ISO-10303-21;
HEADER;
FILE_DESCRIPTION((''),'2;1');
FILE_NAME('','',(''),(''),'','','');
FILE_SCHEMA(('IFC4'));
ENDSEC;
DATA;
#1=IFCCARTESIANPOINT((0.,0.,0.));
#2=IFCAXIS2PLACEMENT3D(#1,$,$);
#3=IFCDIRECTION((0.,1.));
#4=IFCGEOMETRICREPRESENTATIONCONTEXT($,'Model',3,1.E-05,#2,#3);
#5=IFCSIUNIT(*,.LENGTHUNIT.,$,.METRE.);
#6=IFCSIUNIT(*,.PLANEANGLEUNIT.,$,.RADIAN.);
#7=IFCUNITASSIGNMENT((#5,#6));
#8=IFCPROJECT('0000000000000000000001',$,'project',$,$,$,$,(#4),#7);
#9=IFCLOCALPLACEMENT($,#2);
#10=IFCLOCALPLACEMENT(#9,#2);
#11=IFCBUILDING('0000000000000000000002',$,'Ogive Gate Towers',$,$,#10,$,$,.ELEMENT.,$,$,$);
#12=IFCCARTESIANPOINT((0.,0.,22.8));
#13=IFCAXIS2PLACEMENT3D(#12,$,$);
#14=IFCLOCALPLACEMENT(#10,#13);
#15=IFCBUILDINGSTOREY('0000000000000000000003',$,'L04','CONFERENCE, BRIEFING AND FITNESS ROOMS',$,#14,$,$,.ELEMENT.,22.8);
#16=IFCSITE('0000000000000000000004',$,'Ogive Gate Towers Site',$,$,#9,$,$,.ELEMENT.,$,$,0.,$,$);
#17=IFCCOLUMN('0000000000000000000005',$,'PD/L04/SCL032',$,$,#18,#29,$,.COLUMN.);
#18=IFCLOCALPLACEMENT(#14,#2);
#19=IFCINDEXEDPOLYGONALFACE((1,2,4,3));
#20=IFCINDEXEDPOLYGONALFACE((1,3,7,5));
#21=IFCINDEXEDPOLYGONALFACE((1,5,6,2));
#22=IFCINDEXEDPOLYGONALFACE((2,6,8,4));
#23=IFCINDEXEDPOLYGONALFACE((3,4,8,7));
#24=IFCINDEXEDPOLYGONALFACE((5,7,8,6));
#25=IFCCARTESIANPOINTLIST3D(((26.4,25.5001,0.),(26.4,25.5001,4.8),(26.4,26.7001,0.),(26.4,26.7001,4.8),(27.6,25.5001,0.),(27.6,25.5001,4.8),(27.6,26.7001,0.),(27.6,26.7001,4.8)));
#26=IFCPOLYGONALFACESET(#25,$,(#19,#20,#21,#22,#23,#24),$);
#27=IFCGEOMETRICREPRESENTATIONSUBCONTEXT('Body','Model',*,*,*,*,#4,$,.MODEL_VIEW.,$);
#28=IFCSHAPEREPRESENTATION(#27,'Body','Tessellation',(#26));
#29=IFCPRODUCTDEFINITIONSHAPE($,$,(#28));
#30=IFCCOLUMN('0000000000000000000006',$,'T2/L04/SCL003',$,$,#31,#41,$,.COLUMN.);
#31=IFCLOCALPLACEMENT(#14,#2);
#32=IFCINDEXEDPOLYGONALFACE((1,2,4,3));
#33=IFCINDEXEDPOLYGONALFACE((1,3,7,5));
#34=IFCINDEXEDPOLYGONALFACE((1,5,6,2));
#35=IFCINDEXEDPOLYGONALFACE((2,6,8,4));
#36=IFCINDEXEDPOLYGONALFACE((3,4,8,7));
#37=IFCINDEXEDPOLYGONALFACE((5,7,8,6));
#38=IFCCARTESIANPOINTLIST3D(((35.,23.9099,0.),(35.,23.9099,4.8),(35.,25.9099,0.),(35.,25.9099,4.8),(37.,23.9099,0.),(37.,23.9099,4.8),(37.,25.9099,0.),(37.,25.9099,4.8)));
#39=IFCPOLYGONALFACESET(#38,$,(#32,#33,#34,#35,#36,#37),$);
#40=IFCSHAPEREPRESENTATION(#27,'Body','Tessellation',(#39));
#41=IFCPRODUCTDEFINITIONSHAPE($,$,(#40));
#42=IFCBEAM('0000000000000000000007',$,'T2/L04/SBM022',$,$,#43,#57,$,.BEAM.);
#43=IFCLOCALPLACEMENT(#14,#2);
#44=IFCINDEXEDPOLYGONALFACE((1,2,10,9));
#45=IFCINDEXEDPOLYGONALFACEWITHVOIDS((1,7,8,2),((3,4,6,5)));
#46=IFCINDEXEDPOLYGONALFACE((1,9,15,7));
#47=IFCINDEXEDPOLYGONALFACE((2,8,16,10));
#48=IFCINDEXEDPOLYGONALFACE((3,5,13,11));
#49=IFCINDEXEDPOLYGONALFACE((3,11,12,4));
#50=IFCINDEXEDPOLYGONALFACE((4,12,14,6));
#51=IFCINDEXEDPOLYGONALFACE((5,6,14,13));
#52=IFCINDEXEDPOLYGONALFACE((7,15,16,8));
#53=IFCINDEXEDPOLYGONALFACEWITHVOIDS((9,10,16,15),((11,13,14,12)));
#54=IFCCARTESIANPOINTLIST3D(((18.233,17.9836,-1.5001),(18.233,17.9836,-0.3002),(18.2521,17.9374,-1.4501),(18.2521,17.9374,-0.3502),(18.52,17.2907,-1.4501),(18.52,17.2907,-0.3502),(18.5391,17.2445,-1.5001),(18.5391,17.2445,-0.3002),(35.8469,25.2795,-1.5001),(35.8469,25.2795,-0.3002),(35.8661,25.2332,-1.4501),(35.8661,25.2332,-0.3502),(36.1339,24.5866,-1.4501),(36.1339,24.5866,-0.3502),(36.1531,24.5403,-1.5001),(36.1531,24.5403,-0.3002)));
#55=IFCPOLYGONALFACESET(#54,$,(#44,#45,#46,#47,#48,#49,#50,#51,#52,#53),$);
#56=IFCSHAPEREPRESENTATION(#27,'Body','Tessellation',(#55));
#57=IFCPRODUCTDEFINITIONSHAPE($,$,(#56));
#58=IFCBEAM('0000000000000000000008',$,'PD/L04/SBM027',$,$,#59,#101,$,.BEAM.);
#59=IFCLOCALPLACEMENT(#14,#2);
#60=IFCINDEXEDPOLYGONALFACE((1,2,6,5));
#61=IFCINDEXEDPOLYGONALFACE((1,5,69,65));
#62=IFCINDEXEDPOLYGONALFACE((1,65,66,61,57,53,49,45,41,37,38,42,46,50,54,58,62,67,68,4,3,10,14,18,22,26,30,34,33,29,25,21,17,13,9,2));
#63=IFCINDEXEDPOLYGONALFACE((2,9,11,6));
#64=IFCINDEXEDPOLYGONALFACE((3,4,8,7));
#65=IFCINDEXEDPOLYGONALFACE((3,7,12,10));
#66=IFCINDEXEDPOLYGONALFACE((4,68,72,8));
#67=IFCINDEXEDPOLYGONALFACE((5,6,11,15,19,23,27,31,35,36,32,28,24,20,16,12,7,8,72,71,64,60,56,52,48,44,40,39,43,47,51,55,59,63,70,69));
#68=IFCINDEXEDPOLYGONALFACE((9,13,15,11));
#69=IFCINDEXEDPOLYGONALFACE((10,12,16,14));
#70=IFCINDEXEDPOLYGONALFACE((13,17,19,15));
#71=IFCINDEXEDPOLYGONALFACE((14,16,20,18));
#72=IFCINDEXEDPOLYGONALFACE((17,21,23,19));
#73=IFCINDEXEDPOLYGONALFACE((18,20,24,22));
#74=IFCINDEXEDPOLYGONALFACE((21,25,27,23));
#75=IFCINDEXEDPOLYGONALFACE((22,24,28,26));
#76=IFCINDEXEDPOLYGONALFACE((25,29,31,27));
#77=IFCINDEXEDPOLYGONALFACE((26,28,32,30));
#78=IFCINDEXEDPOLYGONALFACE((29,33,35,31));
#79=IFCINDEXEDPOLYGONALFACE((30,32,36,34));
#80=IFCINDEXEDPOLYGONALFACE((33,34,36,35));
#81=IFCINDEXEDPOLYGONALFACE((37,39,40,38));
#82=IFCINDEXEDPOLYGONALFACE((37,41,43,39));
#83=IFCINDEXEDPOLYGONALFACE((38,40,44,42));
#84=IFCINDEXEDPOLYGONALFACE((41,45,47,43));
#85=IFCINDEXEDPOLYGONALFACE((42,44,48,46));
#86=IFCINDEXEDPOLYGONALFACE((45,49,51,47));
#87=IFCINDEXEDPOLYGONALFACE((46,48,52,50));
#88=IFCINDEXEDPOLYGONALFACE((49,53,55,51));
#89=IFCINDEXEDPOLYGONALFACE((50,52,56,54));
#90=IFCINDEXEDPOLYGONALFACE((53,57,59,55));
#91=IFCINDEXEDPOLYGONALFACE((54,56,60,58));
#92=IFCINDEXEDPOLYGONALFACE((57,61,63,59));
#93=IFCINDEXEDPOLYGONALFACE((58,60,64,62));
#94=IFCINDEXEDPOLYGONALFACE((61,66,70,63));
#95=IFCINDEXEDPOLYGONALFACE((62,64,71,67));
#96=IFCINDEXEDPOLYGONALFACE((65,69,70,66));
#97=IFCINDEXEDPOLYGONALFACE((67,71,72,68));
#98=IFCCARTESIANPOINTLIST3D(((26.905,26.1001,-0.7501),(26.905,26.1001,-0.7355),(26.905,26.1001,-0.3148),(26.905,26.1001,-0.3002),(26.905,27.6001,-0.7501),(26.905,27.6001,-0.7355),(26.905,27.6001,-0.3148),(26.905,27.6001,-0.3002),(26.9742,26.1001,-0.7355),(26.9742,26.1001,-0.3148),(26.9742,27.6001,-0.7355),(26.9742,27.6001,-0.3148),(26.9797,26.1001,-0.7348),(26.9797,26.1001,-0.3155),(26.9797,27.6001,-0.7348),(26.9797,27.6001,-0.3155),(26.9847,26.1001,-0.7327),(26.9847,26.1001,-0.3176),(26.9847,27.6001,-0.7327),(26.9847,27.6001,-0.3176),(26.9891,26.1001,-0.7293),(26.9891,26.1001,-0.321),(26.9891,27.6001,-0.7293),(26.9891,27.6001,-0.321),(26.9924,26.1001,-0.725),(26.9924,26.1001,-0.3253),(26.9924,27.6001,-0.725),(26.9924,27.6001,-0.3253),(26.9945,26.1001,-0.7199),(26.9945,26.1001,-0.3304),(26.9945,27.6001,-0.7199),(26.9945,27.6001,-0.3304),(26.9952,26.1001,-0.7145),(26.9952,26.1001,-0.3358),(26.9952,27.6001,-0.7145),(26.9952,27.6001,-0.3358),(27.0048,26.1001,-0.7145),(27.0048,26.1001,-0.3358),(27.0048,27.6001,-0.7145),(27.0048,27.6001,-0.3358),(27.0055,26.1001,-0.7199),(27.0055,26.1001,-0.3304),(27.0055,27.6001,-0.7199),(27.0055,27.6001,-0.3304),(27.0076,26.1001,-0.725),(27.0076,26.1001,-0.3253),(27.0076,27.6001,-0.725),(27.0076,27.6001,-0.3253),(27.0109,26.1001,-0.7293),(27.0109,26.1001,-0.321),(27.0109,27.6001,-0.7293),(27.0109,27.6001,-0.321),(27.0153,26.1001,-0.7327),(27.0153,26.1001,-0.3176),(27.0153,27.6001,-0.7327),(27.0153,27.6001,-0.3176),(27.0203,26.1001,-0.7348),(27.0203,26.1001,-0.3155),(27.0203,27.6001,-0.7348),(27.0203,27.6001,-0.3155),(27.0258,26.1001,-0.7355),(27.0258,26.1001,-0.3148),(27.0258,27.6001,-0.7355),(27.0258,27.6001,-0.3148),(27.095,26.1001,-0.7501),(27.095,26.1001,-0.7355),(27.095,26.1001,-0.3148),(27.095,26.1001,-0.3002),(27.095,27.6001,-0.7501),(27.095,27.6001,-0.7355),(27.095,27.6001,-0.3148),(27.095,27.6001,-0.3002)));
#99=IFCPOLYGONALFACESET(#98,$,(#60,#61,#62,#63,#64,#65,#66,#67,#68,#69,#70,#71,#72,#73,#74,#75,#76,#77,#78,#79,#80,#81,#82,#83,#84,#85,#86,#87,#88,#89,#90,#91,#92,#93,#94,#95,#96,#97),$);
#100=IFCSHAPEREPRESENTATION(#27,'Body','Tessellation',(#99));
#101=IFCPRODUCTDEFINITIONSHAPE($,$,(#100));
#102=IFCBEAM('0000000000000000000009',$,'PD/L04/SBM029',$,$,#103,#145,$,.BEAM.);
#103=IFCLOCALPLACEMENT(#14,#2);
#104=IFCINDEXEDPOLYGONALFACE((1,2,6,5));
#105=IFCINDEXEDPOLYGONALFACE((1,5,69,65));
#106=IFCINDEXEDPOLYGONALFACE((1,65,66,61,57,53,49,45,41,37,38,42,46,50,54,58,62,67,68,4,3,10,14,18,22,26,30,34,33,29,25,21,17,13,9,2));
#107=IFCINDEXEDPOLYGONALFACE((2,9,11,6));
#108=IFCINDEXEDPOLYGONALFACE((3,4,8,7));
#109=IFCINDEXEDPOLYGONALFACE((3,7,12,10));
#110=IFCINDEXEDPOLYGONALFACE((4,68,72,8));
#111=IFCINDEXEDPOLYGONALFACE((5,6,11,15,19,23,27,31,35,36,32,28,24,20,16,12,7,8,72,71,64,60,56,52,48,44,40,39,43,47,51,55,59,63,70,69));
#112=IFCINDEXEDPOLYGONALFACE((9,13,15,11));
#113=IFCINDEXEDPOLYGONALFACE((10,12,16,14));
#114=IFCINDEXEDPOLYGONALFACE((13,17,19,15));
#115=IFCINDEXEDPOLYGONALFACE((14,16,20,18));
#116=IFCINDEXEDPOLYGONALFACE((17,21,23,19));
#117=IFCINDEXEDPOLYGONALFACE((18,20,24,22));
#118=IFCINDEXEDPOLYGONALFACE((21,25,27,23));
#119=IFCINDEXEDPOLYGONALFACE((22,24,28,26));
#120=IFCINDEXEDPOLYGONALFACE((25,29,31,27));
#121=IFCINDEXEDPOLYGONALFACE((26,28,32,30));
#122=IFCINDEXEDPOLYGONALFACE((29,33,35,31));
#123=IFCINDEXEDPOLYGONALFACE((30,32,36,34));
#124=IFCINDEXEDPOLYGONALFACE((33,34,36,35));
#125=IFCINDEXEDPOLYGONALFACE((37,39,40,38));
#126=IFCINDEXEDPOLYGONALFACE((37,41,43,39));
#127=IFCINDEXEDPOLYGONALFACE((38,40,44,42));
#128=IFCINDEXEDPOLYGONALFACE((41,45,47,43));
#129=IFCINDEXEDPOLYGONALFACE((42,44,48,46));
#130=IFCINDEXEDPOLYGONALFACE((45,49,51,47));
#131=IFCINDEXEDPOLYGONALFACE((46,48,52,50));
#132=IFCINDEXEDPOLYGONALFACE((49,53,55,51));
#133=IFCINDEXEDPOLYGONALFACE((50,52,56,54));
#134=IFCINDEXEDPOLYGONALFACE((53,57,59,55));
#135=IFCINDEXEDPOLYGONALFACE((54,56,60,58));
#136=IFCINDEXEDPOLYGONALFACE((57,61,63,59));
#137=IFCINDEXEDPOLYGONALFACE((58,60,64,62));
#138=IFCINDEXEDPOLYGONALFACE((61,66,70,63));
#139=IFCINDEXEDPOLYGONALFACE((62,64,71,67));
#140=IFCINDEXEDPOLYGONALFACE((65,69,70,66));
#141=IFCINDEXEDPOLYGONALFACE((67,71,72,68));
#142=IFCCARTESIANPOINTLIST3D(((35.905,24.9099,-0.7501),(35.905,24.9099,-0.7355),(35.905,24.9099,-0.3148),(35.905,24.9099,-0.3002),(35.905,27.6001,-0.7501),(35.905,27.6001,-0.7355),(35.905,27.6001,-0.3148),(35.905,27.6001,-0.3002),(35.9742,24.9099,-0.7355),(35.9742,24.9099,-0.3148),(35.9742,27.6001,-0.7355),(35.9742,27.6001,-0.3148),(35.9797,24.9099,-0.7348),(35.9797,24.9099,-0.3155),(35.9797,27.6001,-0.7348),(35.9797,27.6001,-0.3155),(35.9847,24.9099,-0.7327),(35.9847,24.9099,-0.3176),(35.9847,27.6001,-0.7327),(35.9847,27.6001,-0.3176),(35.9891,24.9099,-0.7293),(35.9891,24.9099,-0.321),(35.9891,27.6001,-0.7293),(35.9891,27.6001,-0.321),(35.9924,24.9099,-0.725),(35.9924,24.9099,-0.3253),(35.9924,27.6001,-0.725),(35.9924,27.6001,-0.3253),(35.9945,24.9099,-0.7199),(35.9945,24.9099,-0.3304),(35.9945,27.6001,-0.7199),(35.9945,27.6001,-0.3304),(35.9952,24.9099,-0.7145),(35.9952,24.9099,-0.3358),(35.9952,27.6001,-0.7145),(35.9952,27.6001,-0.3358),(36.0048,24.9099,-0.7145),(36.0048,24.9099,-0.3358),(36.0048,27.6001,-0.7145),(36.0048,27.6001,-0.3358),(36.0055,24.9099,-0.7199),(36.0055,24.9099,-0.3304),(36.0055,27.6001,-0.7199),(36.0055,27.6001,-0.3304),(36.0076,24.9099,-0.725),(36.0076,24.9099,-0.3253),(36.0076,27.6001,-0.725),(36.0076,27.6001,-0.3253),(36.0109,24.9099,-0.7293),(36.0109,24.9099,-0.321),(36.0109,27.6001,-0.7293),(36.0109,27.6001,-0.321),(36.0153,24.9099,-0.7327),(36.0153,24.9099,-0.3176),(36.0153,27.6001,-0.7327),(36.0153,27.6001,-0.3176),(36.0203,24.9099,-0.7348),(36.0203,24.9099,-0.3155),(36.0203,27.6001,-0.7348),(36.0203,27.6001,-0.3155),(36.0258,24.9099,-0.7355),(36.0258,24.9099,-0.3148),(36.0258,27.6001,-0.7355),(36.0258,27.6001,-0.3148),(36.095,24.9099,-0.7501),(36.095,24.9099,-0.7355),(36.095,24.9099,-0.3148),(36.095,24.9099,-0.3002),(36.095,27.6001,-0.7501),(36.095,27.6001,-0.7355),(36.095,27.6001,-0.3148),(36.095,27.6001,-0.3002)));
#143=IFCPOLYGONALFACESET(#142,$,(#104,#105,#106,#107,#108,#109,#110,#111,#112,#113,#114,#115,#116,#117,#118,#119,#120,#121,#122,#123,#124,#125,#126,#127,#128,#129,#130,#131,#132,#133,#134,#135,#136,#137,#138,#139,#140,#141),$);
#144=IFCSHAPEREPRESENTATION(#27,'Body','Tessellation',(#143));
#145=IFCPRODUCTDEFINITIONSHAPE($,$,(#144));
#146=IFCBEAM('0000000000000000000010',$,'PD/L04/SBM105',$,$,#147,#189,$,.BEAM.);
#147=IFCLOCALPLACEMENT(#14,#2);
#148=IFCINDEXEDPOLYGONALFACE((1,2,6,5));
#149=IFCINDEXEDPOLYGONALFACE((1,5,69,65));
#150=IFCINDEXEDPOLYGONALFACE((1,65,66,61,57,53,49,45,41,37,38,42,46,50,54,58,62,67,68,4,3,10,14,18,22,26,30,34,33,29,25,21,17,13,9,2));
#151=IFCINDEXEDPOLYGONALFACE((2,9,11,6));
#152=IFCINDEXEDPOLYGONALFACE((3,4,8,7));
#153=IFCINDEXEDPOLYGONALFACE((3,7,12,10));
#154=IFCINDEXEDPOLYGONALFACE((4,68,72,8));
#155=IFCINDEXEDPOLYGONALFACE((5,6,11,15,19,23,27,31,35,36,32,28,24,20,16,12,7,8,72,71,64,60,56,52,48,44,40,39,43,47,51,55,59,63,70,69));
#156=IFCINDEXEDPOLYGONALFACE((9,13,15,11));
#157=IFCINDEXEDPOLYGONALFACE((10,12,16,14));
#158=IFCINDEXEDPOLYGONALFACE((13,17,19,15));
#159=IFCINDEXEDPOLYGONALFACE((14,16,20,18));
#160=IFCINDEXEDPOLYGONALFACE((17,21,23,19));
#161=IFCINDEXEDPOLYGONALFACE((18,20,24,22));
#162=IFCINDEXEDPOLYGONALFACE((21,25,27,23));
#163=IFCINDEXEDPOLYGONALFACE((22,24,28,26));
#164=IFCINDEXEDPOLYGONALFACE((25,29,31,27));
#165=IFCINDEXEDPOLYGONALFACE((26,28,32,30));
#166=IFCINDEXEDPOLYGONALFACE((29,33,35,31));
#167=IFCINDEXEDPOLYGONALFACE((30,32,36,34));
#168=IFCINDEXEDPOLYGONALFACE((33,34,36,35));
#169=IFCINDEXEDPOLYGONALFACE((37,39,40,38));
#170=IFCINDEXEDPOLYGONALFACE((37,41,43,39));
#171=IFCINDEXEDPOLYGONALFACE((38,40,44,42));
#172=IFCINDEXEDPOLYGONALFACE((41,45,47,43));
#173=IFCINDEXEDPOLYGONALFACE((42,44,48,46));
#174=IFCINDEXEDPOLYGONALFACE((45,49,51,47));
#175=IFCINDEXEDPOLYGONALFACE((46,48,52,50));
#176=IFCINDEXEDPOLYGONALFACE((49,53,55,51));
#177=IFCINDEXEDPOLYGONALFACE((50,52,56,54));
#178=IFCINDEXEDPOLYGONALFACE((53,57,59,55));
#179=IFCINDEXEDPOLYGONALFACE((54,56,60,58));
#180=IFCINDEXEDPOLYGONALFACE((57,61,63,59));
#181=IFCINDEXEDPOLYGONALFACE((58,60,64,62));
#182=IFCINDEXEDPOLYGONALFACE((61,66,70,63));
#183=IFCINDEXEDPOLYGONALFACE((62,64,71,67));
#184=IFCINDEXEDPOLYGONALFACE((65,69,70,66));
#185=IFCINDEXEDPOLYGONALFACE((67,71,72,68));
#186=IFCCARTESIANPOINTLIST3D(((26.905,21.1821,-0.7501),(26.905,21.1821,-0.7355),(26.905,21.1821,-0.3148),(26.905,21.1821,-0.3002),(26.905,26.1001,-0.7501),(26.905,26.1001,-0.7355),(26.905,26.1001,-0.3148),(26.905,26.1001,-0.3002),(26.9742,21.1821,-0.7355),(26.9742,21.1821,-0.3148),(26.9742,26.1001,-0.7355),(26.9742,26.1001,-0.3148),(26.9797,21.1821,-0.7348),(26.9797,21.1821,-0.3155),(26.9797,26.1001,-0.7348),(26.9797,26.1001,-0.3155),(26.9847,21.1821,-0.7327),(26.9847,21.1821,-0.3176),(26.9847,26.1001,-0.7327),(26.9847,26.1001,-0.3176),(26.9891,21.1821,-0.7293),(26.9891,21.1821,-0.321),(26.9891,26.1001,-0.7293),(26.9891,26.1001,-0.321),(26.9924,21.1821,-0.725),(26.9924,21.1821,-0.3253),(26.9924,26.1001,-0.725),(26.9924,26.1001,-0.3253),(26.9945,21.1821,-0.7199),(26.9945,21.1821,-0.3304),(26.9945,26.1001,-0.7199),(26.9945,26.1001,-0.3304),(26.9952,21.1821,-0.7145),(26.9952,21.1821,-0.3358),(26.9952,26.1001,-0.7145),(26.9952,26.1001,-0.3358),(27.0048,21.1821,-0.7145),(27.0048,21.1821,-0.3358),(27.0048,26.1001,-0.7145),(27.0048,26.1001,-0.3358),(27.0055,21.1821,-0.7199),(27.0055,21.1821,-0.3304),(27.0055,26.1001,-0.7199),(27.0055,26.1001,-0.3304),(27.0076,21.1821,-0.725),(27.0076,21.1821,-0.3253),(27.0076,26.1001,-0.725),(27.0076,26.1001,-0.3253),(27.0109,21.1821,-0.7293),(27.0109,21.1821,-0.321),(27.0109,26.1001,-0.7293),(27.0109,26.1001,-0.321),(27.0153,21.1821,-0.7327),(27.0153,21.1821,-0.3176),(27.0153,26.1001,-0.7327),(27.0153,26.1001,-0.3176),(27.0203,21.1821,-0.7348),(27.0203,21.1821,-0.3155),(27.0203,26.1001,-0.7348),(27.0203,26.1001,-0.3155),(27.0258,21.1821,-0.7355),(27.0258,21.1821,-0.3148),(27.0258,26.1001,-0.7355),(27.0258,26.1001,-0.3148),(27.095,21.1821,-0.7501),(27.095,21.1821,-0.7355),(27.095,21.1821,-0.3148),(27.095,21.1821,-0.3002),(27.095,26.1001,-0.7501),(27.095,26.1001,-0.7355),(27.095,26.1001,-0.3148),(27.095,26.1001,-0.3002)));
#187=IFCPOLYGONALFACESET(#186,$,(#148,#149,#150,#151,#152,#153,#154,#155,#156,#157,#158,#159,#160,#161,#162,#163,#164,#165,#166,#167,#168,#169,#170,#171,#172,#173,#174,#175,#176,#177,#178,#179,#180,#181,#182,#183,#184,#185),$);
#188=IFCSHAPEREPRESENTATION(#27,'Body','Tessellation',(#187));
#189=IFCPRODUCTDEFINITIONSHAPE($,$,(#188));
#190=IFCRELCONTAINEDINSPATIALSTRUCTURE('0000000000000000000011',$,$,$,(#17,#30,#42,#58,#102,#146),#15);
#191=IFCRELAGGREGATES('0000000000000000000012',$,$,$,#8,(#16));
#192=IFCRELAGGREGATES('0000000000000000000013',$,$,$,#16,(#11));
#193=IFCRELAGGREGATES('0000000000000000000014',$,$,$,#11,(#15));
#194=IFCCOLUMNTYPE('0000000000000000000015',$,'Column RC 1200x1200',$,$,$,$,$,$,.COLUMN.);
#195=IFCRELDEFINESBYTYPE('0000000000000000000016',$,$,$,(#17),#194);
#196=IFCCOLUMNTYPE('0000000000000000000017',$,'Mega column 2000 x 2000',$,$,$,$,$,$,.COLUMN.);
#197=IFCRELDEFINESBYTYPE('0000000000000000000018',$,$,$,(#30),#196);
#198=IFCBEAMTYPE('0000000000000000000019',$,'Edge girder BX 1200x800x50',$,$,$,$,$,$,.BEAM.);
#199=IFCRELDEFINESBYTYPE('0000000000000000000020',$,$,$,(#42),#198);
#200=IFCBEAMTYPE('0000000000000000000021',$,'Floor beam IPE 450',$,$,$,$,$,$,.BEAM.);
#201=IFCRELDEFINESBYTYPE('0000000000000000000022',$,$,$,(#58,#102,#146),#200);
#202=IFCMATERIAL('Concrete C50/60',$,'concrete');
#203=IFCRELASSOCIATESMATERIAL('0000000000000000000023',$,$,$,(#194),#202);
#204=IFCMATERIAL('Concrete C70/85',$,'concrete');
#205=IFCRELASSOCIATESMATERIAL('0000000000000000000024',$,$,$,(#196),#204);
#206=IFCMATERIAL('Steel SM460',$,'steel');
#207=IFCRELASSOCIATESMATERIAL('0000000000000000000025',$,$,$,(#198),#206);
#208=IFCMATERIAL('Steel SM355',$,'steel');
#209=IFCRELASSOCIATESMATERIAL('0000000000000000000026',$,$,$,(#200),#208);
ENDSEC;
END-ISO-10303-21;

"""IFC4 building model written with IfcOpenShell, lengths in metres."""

from ifc_helpers import new_model, si_unit, direction, frame, origin, origin_2d, place, context, subcontext, project, spatial, rectangle, hollow_rectangle, i_section, extrude, material, material_profile, profile_set, type_object, element, save


model = new_model("IFC4")

# Units and contexts
model_context = context("Model", 3, precision=1e-05, world=origin(), true_north=direction((0.0, 1.0)))
body_context = subcontext(model_context, "Body", "Model", "MODEL_VIEW")
ifc_project = project(units=[si_unit("LENGTHUNIT", "METRE"), si_unit("PLANEANGLEUNIT", "RADIAN")], contexts=[model_context])

# Site, building, storey
site_placement = place(None, origin())
site = spatial("IfcSite", under=ifc_project, at=site_placement, Name="Ogive Gate Towers Site", CompositionType="ELEMENT", RefElevation=0.0)
building_placement = place(site_placement, origin())
building = spatial("IfcBuilding", under=site, at=building_placement, Name="Ogive Gate Towers", CompositionType="ELEMENT")
storey_placement = place(building_placement, frame((0.0, 0.0, 22.8)))
storey = spatial("IfcBuildingStorey", under=building, at=storey_placement, Name="L04", Description="CONFERENCE, BRIEFING AND FITNESS ROOMS", CompositionType="ELEMENT", Elevation=22.8)

# Columns
ifc_material_1 = material(Name="Concrete C50/60", Category="concrete")
ifc_material_profile_1 = material_profile(ifc_material_1, rectangle(XDim=1.2, YDim=1.2, at=origin_2d()), Name="RC 1200x1200")
ifc_profile_set_1 = profile_set([ifc_material_profile_1], Name="Concrete C50/60")
column_type_1 = type_object("IfcColumnType", Name="Column RC 1200x1200", PredefinedType="COLUMN", material=ifc_profile_set_1)
column_1_placement = place(storey_placement, frame((27.0, 26.1001, 0.0), z_axis=(0.0, 0.0, 1.0), x_axis=(1.0, 0.0, 0.0)))
element("IfcColumn", 1, at=column_1_placement, inside=storey, type_object=column_type_1, Name="PD/L04/SCL032", PredefinedType="COLUMN", context=body_context, shape_type="SweptSolid", body=[
    extrude(rectangle(XDim=1.2, YDim=1.2, at=origin_2d()), origin(), (0.0, 0.0, 1.0), 4.8),
])
ifc_material_2 = material(Name="Concrete C70/85", Category="concrete")
ifc_material_profile_2 = material_profile(ifc_material_2, rectangle(XDim=2.0, YDim=2.0, at=origin_2d()), Name="RC 2000x2000")
ifc_profile_set_2 = profile_set([ifc_material_profile_2], Name="Concrete C70/85")
column_type_2 = type_object("IfcColumnType", Name="Mega column 2000 x 2000", PredefinedType="COLUMN", material=ifc_profile_set_2)
column_2_placement = place(storey_placement, frame((36.0, 24.9099, 0.0), z_axis=(0.0, 0.0, 1.0), x_axis=(0.0, 1.0, 0.0)))
element("IfcColumn", 2, at=column_2_placement, inside=storey, type_object=column_type_2, Name="T2/L04/SCL003", PredefinedType="COLUMN", context=body_context, shape_type="SweptSolid", body=[
    extrude(rectangle(XDim=2.0, YDim=2.0, at=origin_2d()), origin(), (0.0, 0.0, 1.0), 4.8),
])

# Beams
ifc_material_3 = material(Name="Steel SM460", Category="steel")
ifc_material_profile_3 = material_profile(ifc_material_3, hollow_rectangle(XDim=0.8, YDim=1.2, WallThickness=0.05, at=origin_2d()), Name="BX 1200x800x50")
ifc_profile_set_3 = profile_set([ifc_material_profile_3], Name="Steel SM460")
beam_type_1 = type_object("IfcBeamType", Name="Edge girder BX 1200x800x50", PredefinedType="BEAM", material=ifc_profile_set_3)
beam_1_placement = place(storey_placement, frame((36.0, 24.9099, -0.9001), z_axis=(-0.923881, -0.382681, 0.0), x_axis=(0.382681, -0.923881, 0.0)))
element("IfcBeam", 3, at=beam_1_placement, inside=storey, type_object=beam_type_1, Name="T2/L04/SBM022", PredefinedType="BEAM", context=body_context, shape_type="SweptSolid", body=[
    extrude(hollow_rectangle(XDim=0.8, YDim=1.2, WallThickness=0.05, at=origin_2d()), origin(), (0.0, 0.0, 1.0), 19.0652),
])
ifc_material_4 = material(Name="Steel SM355", Category="steel")
ifc_material_profile_4 = material_profile(ifc_material_4, i_section(OverallWidth=0.1899, OverallDepth=0.45, WebThickness=0.0095, FlangeThickness=0.0146, FilletRadius=0.021, at=origin_2d()), Name="IPE 450")
ifc_profile_set_4 = profile_set([ifc_material_profile_4], Name="Steel SM355")
beam_type_2 = type_object("IfcBeamType", Name="Floor beam IPE 450", PredefinedType="BEAM", material=ifc_profile_set_4)
beam_2_placement = place(storey_placement, frame((27.0, 26.1001, -0.5251), z_axis=(0.0, 1.0, 0.0), x_axis=(-1.0, 0.0, 0.0)))
element("IfcBeam", 4, at=beam_2_placement, inside=storey, type_object=beam_type_2, Name="PD/L04/SBM027", PredefinedType="BEAM", context=body_context, shape_type="SweptSolid", body=[
    extrude(i_section(OverallWidth=0.1899, OverallDepth=0.45, WebThickness=0.0095, FlangeThickness=0.0146, FilletRadius=0.021, at=origin_2d()), origin(), (0.0, 0.0, 1.0), 1.5),
])
beam_3_placement = place(storey_placement, frame((36.0, 24.9099, -0.5251), z_axis=(0.0, 1.0, 0.0), x_axis=(-1.0, 0.0, 0.0)))
element("IfcBeam", 5, at=beam_3_placement, inside=storey, type_object=beam_type_2, Name="PD/L04/SBM029", PredefinedType="BEAM", context=body_context, shape_type="SweptSolid", body=[
    extrude(i_section(OverallWidth=0.1899, OverallDepth=0.45, WebThickness=0.0095, FlangeThickness=0.0146, FilletRadius=0.021, at=origin_2d()), origin(), (0.0, 0.0, 1.0), 2.6902),
])
beam_4_placement = place(storey_placement, frame((27.0, 26.1001, -0.5251), z_axis=(0.0, -1.0, 0.0), x_axis=(1.0, 0.0, 0.0)))
element("IfcBeam", 6, at=beam_4_placement, inside=storey, type_object=beam_type_2, Name="PD/L04/SBM105", PredefinedType="BEAM", context=body_context, shape_type="SweptSolid", body=[
    extrude(i_section(OverallWidth=0.1899, OverallDepth=0.45, WebThickness=0.0095, FlangeThickness=0.0146, FilletRadius=0.021, at=origin_2d()), origin(), (0.0, 0.0, 1.0), 4.918),
])

save(model, "model.ifc")
